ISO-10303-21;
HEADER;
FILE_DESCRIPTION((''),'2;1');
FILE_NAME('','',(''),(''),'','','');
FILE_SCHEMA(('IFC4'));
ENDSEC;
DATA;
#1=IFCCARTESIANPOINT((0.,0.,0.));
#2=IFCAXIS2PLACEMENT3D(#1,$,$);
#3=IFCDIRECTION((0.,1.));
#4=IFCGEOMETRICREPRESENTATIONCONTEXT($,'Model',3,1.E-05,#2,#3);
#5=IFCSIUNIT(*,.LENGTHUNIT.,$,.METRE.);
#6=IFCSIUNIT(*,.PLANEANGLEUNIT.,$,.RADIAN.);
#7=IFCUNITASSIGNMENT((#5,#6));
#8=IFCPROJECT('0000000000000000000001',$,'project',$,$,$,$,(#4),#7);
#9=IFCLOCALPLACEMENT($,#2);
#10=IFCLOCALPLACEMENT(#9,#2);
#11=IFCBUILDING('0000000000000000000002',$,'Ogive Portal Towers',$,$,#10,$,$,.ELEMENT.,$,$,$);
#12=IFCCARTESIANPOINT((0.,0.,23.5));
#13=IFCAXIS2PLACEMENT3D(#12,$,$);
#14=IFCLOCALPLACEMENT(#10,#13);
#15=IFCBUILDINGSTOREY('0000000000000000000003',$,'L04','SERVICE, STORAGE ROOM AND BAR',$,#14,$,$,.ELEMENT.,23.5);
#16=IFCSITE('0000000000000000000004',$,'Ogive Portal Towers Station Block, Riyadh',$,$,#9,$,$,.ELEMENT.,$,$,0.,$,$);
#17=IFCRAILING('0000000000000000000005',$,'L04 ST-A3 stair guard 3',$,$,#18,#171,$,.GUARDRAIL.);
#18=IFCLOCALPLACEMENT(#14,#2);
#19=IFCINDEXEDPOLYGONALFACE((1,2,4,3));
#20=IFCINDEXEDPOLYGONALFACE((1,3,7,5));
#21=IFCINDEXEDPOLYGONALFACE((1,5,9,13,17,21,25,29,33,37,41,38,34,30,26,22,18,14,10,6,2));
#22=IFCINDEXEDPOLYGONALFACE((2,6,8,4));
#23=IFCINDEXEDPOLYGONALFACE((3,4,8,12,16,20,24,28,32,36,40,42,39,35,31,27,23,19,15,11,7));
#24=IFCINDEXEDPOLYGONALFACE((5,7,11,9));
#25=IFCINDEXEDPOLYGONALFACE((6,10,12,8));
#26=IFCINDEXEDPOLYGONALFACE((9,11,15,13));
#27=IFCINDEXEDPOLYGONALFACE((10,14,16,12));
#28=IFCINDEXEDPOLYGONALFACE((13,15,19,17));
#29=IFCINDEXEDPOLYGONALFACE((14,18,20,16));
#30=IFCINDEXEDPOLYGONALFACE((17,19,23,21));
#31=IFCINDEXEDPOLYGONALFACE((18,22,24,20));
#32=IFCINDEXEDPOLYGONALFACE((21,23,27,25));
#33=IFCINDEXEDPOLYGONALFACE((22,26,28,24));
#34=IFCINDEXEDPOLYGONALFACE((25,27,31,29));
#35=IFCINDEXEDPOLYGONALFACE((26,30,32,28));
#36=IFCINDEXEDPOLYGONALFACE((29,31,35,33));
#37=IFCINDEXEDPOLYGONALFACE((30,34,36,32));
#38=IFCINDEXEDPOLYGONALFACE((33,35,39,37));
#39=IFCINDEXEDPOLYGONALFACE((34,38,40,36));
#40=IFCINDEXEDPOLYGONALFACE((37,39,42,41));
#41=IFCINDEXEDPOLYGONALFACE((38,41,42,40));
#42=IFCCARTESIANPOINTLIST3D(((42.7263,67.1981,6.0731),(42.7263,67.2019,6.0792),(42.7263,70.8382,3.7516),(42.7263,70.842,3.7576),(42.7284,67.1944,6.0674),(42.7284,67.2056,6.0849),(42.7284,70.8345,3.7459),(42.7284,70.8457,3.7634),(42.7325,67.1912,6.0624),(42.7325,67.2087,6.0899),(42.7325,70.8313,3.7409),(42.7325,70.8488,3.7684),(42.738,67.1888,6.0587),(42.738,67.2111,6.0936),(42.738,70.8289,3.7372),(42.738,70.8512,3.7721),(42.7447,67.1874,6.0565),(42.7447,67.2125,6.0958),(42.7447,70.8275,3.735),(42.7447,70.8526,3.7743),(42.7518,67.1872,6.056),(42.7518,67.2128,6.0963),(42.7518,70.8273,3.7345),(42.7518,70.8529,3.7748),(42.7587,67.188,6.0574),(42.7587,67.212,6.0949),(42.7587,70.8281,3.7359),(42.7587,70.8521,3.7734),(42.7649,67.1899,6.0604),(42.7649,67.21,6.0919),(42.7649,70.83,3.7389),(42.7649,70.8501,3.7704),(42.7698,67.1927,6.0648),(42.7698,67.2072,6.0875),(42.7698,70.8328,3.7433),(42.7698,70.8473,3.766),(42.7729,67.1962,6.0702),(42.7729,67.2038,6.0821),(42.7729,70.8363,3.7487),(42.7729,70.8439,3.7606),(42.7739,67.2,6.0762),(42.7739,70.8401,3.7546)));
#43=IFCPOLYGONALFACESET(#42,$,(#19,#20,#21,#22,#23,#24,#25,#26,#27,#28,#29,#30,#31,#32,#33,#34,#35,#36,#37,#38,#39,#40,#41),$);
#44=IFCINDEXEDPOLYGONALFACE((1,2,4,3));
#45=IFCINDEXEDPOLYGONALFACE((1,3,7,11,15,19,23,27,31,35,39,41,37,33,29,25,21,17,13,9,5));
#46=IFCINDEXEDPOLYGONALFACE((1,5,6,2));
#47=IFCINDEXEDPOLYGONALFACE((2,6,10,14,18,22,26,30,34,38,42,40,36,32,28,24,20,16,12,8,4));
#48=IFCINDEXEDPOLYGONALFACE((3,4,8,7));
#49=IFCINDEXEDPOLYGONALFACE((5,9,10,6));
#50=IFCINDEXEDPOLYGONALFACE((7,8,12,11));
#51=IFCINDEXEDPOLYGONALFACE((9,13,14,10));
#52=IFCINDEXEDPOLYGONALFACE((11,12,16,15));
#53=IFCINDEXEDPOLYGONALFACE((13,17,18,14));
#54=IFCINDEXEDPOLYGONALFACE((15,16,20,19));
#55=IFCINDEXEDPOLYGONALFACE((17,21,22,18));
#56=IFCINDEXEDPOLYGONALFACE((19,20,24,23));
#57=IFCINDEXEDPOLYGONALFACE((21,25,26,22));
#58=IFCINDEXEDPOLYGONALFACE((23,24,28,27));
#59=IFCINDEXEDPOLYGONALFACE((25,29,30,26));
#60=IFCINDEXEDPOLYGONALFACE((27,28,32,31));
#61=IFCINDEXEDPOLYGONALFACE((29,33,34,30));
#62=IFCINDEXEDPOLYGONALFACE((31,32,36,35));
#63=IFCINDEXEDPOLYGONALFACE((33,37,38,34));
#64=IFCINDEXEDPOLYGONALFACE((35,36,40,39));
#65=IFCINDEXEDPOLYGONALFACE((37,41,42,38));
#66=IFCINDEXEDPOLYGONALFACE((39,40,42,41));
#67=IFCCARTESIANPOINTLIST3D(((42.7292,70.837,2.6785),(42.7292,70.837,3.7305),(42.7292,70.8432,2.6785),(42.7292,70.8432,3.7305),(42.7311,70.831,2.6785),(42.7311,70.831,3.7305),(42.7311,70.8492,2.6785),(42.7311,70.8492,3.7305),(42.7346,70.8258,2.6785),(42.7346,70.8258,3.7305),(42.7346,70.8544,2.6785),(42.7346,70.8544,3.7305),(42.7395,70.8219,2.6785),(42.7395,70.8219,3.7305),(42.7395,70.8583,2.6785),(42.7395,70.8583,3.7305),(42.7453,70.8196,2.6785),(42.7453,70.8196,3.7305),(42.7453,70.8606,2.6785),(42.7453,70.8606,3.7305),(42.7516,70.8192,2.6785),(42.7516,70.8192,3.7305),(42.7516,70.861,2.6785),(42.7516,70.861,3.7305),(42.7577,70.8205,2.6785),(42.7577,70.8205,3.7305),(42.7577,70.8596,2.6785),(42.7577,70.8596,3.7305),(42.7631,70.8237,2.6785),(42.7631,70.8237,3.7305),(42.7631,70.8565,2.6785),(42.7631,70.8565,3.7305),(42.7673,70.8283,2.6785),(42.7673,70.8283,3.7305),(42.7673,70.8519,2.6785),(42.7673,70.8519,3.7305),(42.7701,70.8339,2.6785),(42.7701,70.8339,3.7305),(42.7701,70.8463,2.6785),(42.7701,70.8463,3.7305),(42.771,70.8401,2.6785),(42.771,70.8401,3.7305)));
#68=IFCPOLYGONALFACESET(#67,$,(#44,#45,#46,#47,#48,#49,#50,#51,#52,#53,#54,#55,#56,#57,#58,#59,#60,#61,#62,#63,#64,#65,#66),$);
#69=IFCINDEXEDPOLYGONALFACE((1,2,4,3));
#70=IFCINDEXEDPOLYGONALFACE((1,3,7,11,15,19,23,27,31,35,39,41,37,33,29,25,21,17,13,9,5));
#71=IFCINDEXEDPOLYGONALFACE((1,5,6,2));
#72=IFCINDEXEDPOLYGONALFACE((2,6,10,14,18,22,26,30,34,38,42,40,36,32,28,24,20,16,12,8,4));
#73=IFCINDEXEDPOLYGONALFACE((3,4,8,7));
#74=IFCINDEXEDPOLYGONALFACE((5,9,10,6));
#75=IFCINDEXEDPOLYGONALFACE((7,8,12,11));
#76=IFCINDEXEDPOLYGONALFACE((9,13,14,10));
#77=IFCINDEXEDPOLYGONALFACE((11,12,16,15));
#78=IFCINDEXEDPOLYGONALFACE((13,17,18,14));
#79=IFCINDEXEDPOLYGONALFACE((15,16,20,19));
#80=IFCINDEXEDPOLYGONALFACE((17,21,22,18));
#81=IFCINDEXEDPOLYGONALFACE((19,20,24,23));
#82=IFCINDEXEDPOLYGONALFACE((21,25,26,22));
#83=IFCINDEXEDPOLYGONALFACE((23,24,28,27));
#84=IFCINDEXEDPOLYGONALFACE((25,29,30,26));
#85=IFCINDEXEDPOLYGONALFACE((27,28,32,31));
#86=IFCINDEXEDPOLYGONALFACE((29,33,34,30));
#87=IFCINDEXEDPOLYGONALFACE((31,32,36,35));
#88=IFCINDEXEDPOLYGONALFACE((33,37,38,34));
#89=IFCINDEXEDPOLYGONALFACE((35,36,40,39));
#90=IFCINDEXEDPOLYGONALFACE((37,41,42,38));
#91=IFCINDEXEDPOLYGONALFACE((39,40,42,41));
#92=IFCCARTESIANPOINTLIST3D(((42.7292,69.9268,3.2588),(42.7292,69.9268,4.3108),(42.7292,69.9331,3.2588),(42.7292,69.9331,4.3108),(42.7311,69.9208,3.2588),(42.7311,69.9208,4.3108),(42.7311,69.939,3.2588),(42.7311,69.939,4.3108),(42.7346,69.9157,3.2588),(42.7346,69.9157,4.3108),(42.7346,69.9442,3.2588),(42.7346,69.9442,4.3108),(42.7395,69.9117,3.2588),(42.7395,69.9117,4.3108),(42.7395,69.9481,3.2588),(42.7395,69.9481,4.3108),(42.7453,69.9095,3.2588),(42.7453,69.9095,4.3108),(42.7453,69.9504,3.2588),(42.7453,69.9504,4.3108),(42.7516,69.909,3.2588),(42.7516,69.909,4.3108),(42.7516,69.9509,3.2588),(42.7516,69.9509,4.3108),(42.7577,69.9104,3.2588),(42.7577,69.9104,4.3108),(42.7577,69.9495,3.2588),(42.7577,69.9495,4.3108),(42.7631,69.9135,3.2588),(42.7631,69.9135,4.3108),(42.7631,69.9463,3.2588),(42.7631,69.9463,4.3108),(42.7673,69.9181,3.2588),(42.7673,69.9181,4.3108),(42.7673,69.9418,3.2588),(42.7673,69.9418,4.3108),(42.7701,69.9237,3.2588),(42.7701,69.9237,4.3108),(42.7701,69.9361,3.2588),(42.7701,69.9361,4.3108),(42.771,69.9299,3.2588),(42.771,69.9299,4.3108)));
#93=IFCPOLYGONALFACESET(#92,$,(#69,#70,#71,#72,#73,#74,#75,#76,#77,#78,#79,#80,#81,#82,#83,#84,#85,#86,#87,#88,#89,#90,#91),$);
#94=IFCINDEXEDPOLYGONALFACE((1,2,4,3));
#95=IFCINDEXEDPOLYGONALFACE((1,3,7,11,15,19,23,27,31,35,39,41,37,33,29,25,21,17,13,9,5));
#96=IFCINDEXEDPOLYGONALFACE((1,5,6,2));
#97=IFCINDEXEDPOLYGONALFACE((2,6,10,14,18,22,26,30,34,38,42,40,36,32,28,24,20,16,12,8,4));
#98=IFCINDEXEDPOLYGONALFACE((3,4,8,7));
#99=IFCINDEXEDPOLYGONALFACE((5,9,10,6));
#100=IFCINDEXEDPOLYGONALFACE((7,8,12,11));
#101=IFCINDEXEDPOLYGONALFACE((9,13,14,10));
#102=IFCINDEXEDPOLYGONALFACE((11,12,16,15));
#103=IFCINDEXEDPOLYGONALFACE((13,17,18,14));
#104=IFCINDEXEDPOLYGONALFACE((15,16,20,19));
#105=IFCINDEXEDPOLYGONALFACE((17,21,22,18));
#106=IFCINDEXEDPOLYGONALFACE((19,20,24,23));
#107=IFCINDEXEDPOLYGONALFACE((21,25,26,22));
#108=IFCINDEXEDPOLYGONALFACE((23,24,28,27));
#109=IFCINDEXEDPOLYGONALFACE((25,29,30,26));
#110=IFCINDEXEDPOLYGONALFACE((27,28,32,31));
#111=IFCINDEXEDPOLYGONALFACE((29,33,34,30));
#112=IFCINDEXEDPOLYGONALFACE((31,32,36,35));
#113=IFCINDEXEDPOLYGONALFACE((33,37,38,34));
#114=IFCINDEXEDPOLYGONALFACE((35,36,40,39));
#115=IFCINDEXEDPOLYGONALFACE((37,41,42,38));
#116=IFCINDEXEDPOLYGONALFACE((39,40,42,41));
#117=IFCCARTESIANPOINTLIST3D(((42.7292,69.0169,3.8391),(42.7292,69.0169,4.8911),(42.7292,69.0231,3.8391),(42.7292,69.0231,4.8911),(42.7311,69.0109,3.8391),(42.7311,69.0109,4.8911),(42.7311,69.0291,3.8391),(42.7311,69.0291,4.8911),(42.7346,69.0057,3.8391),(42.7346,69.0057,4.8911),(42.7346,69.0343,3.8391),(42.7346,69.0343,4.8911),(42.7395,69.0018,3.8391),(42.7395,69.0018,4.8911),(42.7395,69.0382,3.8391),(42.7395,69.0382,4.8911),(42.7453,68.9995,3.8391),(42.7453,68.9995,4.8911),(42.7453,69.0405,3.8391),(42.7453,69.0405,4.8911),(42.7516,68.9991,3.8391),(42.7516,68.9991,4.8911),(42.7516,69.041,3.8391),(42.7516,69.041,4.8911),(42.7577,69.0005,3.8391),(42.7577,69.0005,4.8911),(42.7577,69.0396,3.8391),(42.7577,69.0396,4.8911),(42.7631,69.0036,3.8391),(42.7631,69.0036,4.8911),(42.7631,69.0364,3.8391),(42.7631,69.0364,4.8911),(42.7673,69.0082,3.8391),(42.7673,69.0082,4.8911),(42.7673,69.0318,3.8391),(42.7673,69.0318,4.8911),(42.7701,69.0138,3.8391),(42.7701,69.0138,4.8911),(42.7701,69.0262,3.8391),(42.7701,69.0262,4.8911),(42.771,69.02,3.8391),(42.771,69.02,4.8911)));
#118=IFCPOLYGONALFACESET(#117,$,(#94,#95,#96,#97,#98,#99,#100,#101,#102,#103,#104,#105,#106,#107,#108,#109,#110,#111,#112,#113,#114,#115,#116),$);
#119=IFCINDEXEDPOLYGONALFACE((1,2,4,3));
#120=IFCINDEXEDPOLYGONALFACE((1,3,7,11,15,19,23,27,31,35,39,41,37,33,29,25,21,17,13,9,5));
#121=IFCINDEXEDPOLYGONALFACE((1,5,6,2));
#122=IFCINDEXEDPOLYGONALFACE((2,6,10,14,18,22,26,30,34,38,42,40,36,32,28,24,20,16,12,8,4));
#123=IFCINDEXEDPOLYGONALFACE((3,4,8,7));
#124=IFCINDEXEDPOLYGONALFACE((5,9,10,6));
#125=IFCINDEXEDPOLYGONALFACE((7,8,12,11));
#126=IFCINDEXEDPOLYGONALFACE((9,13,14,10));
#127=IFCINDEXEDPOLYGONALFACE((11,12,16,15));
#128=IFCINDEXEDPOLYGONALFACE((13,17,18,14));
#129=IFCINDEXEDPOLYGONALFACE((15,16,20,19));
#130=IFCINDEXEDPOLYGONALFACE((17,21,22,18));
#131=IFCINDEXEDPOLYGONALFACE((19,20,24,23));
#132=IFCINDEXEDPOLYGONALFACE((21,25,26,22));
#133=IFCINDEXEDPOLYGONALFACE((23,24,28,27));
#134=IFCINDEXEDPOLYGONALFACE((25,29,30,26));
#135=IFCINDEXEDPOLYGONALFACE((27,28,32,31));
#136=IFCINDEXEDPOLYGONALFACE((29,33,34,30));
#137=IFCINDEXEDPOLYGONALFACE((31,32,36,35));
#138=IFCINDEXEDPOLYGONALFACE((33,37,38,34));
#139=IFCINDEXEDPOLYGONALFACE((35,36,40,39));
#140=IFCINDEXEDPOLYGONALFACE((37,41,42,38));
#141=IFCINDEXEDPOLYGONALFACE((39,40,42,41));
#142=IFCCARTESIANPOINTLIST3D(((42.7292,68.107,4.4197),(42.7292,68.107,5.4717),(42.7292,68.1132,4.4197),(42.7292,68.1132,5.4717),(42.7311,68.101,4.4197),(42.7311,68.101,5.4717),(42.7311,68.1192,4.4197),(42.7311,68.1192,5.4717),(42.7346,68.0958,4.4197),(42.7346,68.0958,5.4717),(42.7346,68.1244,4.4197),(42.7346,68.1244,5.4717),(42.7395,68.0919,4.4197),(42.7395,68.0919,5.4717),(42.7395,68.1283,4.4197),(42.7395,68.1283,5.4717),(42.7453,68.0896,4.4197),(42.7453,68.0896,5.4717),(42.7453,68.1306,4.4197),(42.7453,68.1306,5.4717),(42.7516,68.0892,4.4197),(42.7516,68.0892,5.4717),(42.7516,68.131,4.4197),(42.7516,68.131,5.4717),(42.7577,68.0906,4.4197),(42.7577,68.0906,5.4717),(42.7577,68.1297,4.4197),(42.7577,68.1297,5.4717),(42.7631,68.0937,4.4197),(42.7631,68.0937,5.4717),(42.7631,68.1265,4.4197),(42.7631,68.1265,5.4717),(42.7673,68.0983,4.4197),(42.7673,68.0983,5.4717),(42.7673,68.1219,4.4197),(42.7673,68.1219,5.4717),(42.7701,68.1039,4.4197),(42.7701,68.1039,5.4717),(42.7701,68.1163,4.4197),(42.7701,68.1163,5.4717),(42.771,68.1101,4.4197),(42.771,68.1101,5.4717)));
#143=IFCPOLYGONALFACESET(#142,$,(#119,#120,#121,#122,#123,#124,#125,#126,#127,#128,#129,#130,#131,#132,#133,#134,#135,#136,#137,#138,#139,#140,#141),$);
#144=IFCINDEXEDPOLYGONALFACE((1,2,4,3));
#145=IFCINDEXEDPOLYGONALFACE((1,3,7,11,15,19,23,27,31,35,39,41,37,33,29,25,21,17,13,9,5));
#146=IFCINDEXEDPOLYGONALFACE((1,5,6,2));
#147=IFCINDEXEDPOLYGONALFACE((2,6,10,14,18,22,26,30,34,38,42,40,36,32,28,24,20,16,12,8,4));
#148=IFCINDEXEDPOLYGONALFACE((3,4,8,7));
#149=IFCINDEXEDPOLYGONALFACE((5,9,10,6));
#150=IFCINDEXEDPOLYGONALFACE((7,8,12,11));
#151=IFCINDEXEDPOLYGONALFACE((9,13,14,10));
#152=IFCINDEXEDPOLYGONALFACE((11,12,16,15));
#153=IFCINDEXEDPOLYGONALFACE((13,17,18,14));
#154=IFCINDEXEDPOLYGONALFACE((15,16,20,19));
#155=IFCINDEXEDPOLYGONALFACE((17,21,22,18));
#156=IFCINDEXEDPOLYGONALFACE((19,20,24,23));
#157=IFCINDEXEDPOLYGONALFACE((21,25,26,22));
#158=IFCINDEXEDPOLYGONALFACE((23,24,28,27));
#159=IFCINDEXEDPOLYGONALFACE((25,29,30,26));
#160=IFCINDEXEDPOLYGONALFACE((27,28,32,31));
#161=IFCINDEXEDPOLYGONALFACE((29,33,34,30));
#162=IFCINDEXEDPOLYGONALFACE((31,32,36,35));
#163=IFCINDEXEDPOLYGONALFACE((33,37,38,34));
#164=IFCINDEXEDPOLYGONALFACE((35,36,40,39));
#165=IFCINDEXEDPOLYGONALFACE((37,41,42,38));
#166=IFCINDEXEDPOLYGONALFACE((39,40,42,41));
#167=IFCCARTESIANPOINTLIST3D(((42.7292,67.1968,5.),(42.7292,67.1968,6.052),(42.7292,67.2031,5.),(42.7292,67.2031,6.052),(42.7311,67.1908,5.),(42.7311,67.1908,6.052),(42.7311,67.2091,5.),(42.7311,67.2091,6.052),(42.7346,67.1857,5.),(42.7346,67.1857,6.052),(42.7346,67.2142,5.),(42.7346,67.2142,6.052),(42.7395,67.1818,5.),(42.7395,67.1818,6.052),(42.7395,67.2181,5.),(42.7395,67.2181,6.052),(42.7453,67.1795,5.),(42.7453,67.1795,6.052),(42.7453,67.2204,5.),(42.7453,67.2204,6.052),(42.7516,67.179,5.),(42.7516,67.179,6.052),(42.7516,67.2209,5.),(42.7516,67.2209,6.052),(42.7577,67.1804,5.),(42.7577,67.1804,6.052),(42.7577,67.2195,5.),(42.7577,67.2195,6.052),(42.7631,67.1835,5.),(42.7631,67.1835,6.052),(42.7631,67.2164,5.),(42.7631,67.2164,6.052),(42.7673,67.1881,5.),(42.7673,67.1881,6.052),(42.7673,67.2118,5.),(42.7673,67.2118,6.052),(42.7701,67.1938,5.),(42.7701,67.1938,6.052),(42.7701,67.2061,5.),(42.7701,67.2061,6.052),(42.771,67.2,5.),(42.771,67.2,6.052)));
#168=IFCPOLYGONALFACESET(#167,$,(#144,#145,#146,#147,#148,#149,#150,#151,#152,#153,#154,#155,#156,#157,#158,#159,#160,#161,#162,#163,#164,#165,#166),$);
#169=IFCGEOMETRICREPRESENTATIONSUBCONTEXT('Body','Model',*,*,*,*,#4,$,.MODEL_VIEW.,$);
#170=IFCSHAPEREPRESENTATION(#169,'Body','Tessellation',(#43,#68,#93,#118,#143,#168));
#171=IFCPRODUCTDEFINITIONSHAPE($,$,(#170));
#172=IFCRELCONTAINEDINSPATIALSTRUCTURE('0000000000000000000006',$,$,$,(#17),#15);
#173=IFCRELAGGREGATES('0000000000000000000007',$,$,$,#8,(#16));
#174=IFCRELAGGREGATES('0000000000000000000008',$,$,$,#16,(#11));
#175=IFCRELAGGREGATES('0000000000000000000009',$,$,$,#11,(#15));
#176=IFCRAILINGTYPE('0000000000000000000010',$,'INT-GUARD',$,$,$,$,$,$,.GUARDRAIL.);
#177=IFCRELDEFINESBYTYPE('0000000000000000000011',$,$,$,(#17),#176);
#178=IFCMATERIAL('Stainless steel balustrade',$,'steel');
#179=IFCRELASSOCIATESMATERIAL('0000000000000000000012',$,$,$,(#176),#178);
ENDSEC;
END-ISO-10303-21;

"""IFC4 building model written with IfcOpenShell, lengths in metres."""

from ifc_helpers import new_model, si_unit, direction, frame, origin, origin_2d, place, context, subcontext, project, spatial, circle, extrude, material, type_object, element, save


model = new_model("IFC4")

# Units and contexts
model_context = context("Model", 3, precision=1e-05, world=origin(), true_north=direction((0.0, 1.0)))
body_context = subcontext(model_context, "Body", "Model", "MODEL_VIEW")
ifc_project = project(units=[si_unit("LENGTHUNIT", "METRE"), si_unit("PLANEANGLEUNIT", "RADIAN")], contexts=[model_context])

# Site, building, storey
site_placement = place(None, origin())
site = spatial("IfcSite", under=ifc_project, at=site_placement, Name="Ogive Portal Towers Station Block, Riyadh", CompositionType="ELEMENT", RefElevation=0.0)
building_placement = place(site_placement, origin())
building = spatial("IfcBuilding", under=site, at=building_placement, Name="Ogive Portal Towers", CompositionType="ELEMENT")
storey_placement = place(building_placement, frame((0.0, 0.0, 23.5)))
storey = spatial("IfcBuildingStorey", under=building, at=storey_placement, Name="L04", Description="SERVICE, STORAGE ROOM AND BAR", CompositionType="ELEMENT", Elevation=23.5)

# Railing
ifc_material_1 = material(Name="Stainless steel balustrade", Category="steel")
railing_type_1 = type_object("IfcRailingType", Name="INT-GUARD", PredefinedType="GUARDRAIL", material=ifc_material_1)
railing_1_placement = place(storey_placement, frame((42.75, 70.8401, 2.6785)))
element("IfcRailing", 1, at=railing_1_placement, inside=storey, type_object=railing_type_1, Name="L04 ST-A3 stair guard 3", PredefinedType="GUARDRAIL", context=body_context, shape_type="SweptSolid", body=[
    extrude(circle(Radius=0.0239, at=origin_2d()), frame((0.0, 0.0, 1.0762), z_axis=(0.0, -0.843128, 0.537713), x_axis=(1.0, 0.0, 0.0)), (0.0, 0.0, 1.0), 4.3174),
    extrude(circle(Radius=0.021, at=origin_2d()), origin(), (0.0, 0.0, 1.0), 1.052),
    extrude(circle(Radius=0.021, at=origin_2d()), frame((0.0, -0.9102, 0.5803)), (0.0, 0.0, 1.0), 1.052),
    extrude(circle(Radius=0.021, at=origin_2d()), frame((0.0, -1.8201, 1.1606)), (0.0, 0.0, 1.0), 1.052),
    extrude(circle(Radius=0.021, at=origin_2d()), frame((0.0, -2.73, 1.7412)), (0.0, 0.0, 1.0), 1.052),
    extrude(circle(Radius=0.021, at=origin_2d()), frame((0.0, -3.6401, 2.3215)), (0.0, 0.0, 1.0), 1.052),
])

save(model, "model.ifc")
